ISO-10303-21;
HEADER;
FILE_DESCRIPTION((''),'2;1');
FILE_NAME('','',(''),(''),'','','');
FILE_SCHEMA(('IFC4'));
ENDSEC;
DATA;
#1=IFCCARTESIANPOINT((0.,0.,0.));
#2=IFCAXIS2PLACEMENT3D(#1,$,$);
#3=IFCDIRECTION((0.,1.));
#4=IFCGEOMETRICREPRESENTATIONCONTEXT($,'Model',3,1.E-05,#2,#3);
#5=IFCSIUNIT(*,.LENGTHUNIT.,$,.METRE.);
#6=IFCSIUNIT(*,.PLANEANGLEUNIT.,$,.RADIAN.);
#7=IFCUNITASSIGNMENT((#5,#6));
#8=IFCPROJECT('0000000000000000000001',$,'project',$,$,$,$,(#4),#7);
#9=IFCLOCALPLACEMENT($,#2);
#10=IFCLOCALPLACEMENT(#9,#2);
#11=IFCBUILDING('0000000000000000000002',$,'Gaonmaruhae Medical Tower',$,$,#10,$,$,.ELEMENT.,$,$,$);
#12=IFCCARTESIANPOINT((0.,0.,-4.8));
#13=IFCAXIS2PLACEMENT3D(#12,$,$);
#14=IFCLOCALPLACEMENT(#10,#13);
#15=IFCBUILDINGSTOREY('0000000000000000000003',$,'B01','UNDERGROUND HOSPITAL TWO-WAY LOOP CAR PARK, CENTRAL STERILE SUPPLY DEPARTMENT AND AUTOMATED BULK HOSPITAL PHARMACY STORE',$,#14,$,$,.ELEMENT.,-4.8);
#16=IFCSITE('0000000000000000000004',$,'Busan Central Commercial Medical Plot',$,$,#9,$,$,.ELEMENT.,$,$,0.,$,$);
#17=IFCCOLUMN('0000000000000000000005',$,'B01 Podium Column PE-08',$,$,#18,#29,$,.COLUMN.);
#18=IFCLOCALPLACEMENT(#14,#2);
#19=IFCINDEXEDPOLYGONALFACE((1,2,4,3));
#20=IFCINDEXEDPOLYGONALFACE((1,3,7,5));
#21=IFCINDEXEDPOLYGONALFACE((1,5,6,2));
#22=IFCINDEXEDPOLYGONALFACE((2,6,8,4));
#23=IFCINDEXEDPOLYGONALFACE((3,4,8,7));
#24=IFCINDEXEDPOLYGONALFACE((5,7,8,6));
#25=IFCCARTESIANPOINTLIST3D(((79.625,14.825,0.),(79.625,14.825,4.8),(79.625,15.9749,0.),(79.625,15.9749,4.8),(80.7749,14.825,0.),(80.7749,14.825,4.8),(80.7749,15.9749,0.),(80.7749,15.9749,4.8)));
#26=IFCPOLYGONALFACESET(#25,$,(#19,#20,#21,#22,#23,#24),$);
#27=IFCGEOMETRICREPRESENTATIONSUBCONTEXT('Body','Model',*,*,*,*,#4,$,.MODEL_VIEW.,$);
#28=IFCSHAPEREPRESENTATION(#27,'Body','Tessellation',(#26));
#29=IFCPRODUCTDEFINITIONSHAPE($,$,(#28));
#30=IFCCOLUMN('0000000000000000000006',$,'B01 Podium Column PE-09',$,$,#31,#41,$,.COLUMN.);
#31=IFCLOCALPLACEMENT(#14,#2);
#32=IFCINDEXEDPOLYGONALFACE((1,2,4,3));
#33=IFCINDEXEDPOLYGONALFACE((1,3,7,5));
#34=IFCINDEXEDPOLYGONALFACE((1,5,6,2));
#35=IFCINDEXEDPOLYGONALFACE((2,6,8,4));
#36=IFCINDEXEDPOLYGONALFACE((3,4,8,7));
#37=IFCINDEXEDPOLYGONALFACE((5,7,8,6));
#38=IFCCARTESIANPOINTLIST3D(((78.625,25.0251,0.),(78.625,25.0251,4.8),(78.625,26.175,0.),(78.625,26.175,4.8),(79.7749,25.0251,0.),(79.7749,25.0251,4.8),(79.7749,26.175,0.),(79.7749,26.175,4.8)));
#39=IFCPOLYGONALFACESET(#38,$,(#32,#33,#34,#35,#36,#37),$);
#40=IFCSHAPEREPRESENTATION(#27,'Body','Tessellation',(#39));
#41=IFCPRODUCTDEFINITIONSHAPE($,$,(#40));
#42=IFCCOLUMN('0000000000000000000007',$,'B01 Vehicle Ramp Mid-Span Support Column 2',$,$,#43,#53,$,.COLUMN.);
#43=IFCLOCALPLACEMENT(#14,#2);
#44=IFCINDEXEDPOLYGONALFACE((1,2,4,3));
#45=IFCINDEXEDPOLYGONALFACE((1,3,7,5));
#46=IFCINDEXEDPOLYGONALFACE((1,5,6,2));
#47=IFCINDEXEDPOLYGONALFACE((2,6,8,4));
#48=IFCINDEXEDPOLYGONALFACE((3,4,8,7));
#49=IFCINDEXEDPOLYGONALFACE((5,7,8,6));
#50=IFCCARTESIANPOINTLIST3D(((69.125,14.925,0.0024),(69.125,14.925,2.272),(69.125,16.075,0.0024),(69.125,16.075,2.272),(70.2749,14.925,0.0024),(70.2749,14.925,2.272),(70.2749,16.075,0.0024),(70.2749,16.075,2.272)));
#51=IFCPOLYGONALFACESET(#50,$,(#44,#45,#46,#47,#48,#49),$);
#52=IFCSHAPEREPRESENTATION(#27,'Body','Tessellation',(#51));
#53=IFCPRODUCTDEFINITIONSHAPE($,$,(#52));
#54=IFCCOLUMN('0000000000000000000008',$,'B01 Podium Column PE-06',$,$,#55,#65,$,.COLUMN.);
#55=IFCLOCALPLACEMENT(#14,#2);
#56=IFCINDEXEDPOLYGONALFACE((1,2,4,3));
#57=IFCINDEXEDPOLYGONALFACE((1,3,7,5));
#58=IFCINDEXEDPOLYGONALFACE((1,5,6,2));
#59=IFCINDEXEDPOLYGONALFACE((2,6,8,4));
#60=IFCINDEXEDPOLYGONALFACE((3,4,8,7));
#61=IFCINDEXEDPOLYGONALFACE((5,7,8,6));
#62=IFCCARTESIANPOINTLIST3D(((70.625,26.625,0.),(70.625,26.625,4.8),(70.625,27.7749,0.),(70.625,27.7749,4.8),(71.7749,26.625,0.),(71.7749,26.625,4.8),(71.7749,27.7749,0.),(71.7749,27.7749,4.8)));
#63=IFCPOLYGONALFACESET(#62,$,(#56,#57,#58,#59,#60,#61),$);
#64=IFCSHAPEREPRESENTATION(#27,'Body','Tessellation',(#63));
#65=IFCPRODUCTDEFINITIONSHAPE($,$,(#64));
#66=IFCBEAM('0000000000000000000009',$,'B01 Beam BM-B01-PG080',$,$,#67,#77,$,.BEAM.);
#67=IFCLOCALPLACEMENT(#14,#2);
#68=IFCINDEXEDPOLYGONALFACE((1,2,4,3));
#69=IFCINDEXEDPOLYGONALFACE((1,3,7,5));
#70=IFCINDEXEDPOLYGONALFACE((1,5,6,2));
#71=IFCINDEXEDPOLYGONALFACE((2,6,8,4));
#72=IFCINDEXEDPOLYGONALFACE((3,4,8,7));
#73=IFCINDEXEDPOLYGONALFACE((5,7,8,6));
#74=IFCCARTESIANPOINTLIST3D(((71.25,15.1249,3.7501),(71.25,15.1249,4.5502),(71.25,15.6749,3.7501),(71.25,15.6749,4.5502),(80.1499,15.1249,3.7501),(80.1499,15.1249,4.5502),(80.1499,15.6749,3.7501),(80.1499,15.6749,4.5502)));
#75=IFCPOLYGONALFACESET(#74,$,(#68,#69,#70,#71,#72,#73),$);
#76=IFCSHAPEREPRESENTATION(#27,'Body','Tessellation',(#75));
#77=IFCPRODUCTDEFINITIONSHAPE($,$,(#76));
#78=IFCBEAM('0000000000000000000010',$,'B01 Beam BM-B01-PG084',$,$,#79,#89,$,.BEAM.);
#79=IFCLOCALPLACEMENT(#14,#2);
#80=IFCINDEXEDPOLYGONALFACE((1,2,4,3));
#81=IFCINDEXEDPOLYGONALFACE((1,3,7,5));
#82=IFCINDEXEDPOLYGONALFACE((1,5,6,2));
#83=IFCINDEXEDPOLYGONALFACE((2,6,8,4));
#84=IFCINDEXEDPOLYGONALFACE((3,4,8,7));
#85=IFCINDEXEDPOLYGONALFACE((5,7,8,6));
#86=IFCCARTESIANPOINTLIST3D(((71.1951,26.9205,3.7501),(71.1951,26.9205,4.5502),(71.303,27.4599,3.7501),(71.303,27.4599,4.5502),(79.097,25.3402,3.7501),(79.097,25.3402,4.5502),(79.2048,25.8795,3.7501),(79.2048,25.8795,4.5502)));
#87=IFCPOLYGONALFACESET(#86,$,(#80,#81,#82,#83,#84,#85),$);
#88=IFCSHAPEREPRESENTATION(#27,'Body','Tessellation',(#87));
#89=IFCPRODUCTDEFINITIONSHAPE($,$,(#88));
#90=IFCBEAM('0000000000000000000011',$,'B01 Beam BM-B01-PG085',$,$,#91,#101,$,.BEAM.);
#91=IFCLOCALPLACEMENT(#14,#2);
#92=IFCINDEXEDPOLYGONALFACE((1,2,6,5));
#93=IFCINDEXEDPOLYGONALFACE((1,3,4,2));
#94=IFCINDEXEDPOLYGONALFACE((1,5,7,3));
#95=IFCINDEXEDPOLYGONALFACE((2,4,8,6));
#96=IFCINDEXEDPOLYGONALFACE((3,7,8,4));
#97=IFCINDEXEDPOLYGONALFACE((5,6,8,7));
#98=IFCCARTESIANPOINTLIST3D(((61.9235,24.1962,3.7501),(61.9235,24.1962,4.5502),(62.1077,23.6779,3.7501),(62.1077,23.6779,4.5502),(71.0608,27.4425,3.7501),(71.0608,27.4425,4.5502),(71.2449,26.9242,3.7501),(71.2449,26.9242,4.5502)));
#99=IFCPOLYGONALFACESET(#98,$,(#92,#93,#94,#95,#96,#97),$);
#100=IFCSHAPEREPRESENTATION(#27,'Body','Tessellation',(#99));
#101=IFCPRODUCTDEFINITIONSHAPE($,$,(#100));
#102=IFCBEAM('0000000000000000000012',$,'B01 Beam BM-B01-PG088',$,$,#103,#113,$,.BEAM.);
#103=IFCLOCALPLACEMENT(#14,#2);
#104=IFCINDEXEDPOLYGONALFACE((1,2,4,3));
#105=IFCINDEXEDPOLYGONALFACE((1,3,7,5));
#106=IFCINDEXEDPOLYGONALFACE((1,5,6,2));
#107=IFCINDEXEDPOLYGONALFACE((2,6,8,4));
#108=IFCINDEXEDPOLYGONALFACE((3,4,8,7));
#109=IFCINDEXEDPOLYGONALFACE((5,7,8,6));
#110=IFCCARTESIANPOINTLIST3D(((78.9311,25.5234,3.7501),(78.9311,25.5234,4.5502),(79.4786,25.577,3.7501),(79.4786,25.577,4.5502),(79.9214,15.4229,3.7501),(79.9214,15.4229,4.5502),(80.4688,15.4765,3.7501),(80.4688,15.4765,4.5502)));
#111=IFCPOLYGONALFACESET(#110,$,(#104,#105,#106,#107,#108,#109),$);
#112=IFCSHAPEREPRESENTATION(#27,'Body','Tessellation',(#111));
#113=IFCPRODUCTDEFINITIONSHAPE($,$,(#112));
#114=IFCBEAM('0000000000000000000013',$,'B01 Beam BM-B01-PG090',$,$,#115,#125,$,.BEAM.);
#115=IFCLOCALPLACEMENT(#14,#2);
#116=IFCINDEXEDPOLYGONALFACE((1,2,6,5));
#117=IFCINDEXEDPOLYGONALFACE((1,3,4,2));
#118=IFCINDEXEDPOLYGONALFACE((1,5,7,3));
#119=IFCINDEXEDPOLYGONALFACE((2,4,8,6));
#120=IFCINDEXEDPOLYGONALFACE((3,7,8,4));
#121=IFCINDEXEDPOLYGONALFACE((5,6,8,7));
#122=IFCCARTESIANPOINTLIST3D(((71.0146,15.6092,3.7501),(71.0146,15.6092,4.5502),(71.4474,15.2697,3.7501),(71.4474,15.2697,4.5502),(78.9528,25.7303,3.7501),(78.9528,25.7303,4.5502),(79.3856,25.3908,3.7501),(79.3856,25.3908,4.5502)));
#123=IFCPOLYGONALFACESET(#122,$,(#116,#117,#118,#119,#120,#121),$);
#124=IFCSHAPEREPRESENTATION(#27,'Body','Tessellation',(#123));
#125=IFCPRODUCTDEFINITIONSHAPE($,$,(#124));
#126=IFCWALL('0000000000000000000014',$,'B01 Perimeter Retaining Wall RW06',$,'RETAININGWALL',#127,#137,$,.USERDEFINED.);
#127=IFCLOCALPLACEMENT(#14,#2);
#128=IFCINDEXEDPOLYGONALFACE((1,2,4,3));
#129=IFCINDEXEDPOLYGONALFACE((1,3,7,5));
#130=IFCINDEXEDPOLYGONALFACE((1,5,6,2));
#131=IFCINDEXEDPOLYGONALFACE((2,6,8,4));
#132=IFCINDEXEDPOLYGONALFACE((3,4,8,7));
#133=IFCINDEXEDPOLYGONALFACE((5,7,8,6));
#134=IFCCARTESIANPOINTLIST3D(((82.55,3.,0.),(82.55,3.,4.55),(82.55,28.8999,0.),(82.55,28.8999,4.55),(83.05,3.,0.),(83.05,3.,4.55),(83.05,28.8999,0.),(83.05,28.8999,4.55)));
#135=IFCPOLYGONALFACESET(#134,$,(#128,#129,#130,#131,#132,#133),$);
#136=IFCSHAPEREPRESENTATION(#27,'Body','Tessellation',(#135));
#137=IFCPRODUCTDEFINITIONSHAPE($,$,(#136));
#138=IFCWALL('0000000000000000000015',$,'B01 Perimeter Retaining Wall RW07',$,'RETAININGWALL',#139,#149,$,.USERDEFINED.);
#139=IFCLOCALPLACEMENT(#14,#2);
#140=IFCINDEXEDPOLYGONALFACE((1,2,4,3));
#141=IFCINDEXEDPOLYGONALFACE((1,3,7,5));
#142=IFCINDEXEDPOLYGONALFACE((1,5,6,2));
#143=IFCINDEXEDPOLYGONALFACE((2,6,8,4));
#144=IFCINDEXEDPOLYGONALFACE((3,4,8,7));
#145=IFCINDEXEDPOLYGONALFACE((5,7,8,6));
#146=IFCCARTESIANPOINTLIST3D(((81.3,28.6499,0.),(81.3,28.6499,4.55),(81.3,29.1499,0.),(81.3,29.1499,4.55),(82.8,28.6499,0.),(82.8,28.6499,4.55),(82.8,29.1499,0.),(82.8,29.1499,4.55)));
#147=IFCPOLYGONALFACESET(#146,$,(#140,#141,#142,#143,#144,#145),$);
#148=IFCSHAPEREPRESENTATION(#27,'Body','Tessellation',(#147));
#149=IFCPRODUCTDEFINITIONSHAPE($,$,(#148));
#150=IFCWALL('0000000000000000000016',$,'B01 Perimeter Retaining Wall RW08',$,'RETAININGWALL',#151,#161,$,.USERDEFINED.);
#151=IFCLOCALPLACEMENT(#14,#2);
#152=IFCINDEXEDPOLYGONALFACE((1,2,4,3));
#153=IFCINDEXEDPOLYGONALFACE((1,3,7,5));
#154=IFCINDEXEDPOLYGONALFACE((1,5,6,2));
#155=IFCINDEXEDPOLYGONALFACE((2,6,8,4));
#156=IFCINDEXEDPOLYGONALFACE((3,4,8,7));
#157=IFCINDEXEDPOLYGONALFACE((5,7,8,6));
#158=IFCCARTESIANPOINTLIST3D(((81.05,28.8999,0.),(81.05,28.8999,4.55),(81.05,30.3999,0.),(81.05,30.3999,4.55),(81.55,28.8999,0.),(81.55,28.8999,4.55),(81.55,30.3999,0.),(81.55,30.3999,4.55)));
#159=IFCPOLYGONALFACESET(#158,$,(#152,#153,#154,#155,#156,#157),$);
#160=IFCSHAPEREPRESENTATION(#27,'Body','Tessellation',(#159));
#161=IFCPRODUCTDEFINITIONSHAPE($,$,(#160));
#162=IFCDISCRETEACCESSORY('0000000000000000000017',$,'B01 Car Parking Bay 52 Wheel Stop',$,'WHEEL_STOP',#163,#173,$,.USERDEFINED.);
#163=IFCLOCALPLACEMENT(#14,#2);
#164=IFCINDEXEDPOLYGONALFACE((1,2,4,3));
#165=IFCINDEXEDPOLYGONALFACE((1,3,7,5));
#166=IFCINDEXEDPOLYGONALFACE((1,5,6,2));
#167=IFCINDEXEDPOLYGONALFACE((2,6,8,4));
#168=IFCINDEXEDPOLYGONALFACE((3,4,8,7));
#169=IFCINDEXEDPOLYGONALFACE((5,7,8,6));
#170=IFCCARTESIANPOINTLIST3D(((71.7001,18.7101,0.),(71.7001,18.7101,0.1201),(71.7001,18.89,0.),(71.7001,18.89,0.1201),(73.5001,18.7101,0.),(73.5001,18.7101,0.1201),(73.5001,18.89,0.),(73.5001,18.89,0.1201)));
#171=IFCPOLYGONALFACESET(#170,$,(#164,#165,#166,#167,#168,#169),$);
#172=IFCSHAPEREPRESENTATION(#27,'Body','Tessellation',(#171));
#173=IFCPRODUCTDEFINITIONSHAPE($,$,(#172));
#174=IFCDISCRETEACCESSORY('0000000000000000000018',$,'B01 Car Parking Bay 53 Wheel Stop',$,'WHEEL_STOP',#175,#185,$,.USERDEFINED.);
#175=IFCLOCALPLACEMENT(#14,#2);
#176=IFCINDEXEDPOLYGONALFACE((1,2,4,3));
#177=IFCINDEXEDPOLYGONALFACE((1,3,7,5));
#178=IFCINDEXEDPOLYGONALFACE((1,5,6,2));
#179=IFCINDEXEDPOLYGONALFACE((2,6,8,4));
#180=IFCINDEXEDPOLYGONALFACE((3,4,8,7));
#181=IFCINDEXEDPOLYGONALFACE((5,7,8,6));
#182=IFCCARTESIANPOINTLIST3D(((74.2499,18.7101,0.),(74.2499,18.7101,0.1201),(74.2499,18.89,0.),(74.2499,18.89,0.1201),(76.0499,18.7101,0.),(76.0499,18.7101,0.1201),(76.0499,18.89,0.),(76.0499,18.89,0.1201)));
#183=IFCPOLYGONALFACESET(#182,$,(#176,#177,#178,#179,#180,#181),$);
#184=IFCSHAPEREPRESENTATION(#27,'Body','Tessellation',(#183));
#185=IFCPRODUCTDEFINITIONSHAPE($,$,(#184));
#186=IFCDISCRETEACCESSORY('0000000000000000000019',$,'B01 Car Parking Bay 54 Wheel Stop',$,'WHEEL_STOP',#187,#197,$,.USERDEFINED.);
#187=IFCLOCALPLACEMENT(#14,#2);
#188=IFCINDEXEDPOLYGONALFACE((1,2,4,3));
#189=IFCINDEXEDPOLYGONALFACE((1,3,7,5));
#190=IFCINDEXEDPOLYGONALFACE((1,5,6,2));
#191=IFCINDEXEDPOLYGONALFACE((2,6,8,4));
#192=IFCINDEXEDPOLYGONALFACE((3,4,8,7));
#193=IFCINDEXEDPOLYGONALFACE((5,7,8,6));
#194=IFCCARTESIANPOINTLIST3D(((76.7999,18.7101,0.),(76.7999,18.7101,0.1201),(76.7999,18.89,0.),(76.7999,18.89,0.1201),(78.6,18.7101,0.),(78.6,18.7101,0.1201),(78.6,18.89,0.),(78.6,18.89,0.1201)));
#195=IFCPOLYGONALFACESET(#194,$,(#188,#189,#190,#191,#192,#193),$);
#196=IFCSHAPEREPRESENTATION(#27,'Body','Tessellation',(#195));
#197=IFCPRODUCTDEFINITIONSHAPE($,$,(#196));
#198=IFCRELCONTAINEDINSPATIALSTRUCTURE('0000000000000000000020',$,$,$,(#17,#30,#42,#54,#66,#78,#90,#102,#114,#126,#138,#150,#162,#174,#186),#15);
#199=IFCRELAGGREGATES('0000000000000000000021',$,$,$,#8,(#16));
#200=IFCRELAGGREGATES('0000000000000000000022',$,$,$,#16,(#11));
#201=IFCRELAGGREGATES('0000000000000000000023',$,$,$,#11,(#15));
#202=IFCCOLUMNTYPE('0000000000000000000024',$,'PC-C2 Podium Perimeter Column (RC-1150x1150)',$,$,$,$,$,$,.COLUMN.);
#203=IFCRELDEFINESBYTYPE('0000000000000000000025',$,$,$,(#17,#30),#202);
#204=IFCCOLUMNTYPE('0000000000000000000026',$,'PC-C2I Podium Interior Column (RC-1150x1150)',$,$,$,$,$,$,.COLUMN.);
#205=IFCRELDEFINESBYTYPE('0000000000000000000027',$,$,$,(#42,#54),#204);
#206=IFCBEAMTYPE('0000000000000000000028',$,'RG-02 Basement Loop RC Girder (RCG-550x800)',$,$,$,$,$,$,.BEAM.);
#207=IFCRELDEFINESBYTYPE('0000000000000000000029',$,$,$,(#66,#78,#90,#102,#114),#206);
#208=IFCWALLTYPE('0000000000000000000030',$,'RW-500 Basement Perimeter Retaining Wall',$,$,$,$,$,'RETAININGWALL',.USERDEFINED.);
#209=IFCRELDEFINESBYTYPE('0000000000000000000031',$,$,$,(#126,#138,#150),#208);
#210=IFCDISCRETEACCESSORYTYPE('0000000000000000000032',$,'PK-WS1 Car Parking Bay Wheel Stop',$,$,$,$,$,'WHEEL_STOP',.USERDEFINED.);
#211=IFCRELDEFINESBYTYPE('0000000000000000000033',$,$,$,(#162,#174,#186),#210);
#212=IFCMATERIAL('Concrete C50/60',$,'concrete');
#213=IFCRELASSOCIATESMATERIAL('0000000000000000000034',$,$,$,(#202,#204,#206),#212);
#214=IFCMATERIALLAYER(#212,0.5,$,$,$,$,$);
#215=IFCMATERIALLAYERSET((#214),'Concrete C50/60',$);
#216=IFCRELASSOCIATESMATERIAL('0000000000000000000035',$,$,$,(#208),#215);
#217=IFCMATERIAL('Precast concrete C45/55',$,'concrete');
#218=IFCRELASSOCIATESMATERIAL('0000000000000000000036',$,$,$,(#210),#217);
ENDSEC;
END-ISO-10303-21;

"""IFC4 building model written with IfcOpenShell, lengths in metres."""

from ifc_helpers import new_model, si_unit, direction, frame, frame_2d, origin, origin_2d, place, context, subcontext, project, spatial, rectangle, extrude, material, layer, layer_set, material_profile, profile_set, type_object, element, save


model = new_model("IFC4")

# Units and contexts
model_context = context("Model", 3, precision=1e-05, world=origin(), true_north=direction((0.0, 1.0)))
body_context = subcontext(model_context, "Body", "Model", "MODEL_VIEW")
ifc_project = project(units=[si_unit("LENGTHUNIT", "METRE"), si_unit("PLANEANGLEUNIT", "RADIAN")], contexts=[model_context])

# Site, building, storey
site_placement = place(None, origin())
site = spatial("IfcSite", under=ifc_project, at=site_placement, Name="Busan Central Commercial Medical Plot", CompositionType="ELEMENT", RefElevation=0.0)
building_placement = place(site_placement, origin())
building = spatial("IfcBuilding", under=site, at=building_placement, Name="Gaonmaruhae Medical Tower", CompositionType="ELEMENT")
storey_placement = place(building_placement, frame((0.0, 0.0, -4.8)))
storey = spatial("IfcBuildingStorey", under=building, at=storey_placement, Name="B01", Description="UNDERGROUND HOSPITAL TWO-WAY LOOP CAR PARK, CENTRAL STERILE SUPPLY DEPARTMENT AND AUTOMATED BULK HOSPITAL PHARMACY STORE", CompositionType="ELEMENT", Elevation=-4.8)

# Columns
ifc_material_1 = material(Name="Concrete C50/60", Category="concrete")
ifc_material_profile_1 = material_profile(ifc_material_1, rectangle(XDim=1.1499, YDim=1.1499, at=origin_2d()), Name="RC-1150x1150")
ifc_profile_set_1 = profile_set([ifc_material_profile_1], Name="Concrete C50/60")
column_type_1 = type_object("IfcColumnType", Name="PC-C2 Podium Perimeter Column (RC-1150x1150)", PredefinedType="COLUMN", material=ifc_profile_set_1)
for number, where, z_axis, x_axis, name in (
    (1, (80.2, 15.3999, 0.0), (0.0, 0.0, 1.0), (1.0, 0.0, 0.0), "B01 Podium Column PE-08"),
    (2, (79.2, 25.6001, 0.0), (0.0, 0.0, 1.0), (1.0, 0.0, 0.0), "B01 Podium Column PE-09"),
):
    element("IfcColumn", number, at=place(storey_placement, frame(where, z_axis=z_axis, x_axis=x_axis)), inside=storey, type_object=column_type_1, Name=name, PredefinedType="COLUMN", context=body_context, shape_type="SweptSolid", body=[
        extrude(rectangle(XDim=1.1499, YDim=1.1499, at=origin_2d()), origin(), (0.0, 0.0, 1.0), 4.8),
    ])
ifc_material_profile_2 = material_profile(ifc_material_1, rectangle(XDim=1.1499, YDim=1.1499, at=origin_2d()), Name="RC-1150x1150")
ifc_profile_set_2 = profile_set([ifc_material_profile_2], Name="Concrete C50/60")
column_type_2 = type_object("IfcColumnType", Name="PC-C2I Podium Interior Column (RC-1150x1150)", PredefinedType="COLUMN", material=ifc_profile_set_2)
column_1_placement = place(storey_placement, frame((69.7, 15.5, 0.0024), z_axis=(0.0, 0.0, 1.0), x_axis=(1.0, 0.0, 0.0)))
element("IfcColumn", 3, at=column_1_placement, inside=storey, type_object=column_type_2, Name="B01 Vehicle Ramp Mid-Span Support Column 2", PredefinedType="COLUMN", context=body_context, shape_type="SweptSolid", body=[
    extrude(rectangle(XDim=1.1499, YDim=1.1499, at=origin_2d()), origin(), (0.0, 0.0, 1.0), 2.2695),
])
column_2_placement = place(storey_placement, frame((71.2, 27.2, 0.0), z_axis=(0.0, 0.0, 1.0), x_axis=(1.0, 0.0, 0.0)))
element("IfcColumn", 4, at=column_2_placement, inside=storey, type_object=column_type_2, Name="B01 Podium Column PE-06", PredefinedType="COLUMN", context=body_context, shape_type="SweptSolid", body=[
    extrude(rectangle(XDim=1.1499, YDim=1.1499, at=origin_2d()), origin(), (0.0, 0.0, 1.0), 4.8),
])

# Beams
ifc_material_profile_3 = material_profile(ifc_material_1, rectangle(XDim=0.55, YDim=0.8, at=origin_2d()), Name="RCG-550x800")
ifc_profile_set_3 = profile_set([ifc_material_profile_3], Name="Concrete C50/60")
beam_type = type_object("IfcBeamType", Name="RG-02 Basement Loop RC Girder (RCG-550x800)", PredefinedType="BEAM", material=ifc_profile_set_3)
beam_1_placement = place(storey_placement, frame((71.25, 15.3999, 4.1501), z_axis=(1.0, 0.0, 0.0), x_axis=(0.0, 1.0, 0.0)))
element("IfcBeam", 5, at=beam_1_placement, inside=storey, type_object=beam_type, Name="B01 Beam BM-B01-PG080", PredefinedType="BEAM", context=body_context, shape_type="SweptSolid", body=[
    extrude(rectangle(XDim=0.55, YDim=0.8, at=origin_2d()), origin(), (0.0, 0.0, 1.0), 8.8999),
])
beam_2_placement = place(storey_placement, frame((71.249, 27.1902, 4.1501), z_axis=(0.980582, -0.19611, 0.0), x_axis=(0.19611, 0.980582, 0.0)))
element("IfcBeam", 6, at=beam_2_placement, inside=storey, type_object=beam_type, Name="B01 Beam BM-B01-PG084", PredefinedType="BEAM", context=body_context, shape_type="SweptSolid", body=[
    extrude(rectangle(XDim=0.55, YDim=0.8, at=origin_2d()), origin(), (0.0, 0.0, 1.0), 8.0583),
])
beam_3_placement = place(storey_placement, frame((71.1528, 27.1833, 4.1501), z_axis=(-0.942294, -0.334786, 0.0), x_axis=(0.334786, -0.942294, 0.0)))
element("IfcBeam", 7, at=beam_3_placement, inside=storey, type_object=beam_type, Name="B01 Beam BM-B01-PG085", PredefinedType="BEAM", context=body_context, shape_type="SweptSolid", body=[
    extrude(rectangle(XDim=0.55, YDim=0.8, at=origin_2d()), origin(), (0.0, 0.0, 1.0), 9.6968),
])
beam_4_placement = place(storey_placement, frame((80.1951, 15.4497, 4.1501), z_axis=(-0.09757, 0.995229, 0.0), x_axis=(-0.995229, -0.09757, 0.0)))
element("IfcBeam", 8, at=beam_4_placement, inside=storey, type_object=beam_type, Name="B01 Beam BM-B01-PG088", PredefinedType="BEAM", context=body_context, shape_type="SweptSolid", body=[
    extrude(rectangle(XDim=0.55, YDim=0.8, at=origin_2d()), origin(), (0.0, 0.0, 1.0), 10.1489),
])
beam_5_placement = place(storey_placement, frame((79.1692, 25.5605, 4.1501), z_axis=(-0.617146, -0.786849, 0.0), x_axis=(0.786849, -0.617146, 0.0)))
element("IfcBeam", 9, at=beam_5_placement, inside=storey, type_object=beam_type, Name="B01 Beam BM-B01-PG090", PredefinedType="BEAM", context=body_context, shape_type="SweptSolid", body=[
    extrude(rectangle(XDim=0.55, YDim=0.8, at=origin_2d()), origin(), (0.0, 0.0, 1.0), 12.8628),
])

# Walls
ifc_layer = layer(ifc_material_1, 0.5)
ifc_layer_set = layer_set([ifc_layer], Name="Concrete C50/60")
wall_type = type_object("IfcWallType", Name="RW-500 Basement Perimeter Retaining Wall", ElementType="RETAININGWALL", PredefinedType="USERDEFINED", material=ifc_layer_set)
wall_placement = place(storey_placement, frame((82.8, 28.8999, 0.0), z_axis=(0.0, 0.0, 1.0), x_axis=(0.0, -1.0, 0.0)))
element("IfcWall", 10, at=wall_placement, inside=storey, type_object=wall_type, Name="B01 Perimeter Retaining Wall RW06", ObjectType="RETAININGWALL", PredefinedType="USERDEFINED", context=body_context, shape_type="SweptSolid", body=[
    extrude(rectangle(XDim=25.8999, YDim=0.5, at=frame_2d((12.95, 0.0))), origin(), (0.0, 0.0, 1.0), 4.55),
])
for number, where, z_axis, x_axis, name in (
    (11, (81.3, 28.8999, 0.0), (0.0, 0.0, 1.0), (1.0, 0.0, 0.0), "B01 Perimeter Retaining Wall RW07"),
    (12, (81.3, 30.3999, 0.0), (0.0, 0.0, 1.0), (0.0, -1.0, 0.0), "B01 Perimeter Retaining Wall RW08"),
):
    element("IfcWall", number, at=place(storey_placement, frame(where, z_axis=z_axis, x_axis=x_axis)), inside=storey, type_object=wall_type, Name=name, ObjectType="RETAININGWALL", PredefinedType="USERDEFINED", context=body_context, shape_type="SweptSolid", body=[
        extrude(rectangle(XDim=1.5, YDim=0.5, at=frame_2d((0.75, 0.0))), origin(), (0.0, 0.0, 1.0), 4.55),
    ])

# Discrete accessories
ifc_material_2 = material(Name="Precast concrete C45/55", Category="concrete")
discrete_accessory_type = type_object("IfcDiscreteAccessoryType", Name="PK-WS1 Car Parking Bay Wheel Stop", ElementType="WHEEL_STOP", PredefinedType="USERDEFINED", material=ifc_material_2)
for number, where, z_axis, x_axis, name in (
    (13, (72.6001, 18.8, 0.0), (0.0, 0.0, 1.0), (1.0, 0.0, 0.0), "B01 Car Parking Bay 52 Wheel Stop"),
    (14, (75.1499, 18.8, 0.0), (0.0, 0.0, 1.0), (1.0, 0.0, 0.0), "B01 Car Parking Bay 53 Wheel Stop"),
    (15, (77.7, 18.8, 0.0), (0.0, 0.0, 1.0), (1.0, 0.0, 0.0), "B01 Car Parking Bay 54 Wheel Stop"),
):
    element("IfcDiscreteAccessory", number, at=place(storey_placement, frame(where, z_axis=z_axis, x_axis=x_axis)), inside=storey, type_object=discrete_accessory_type, Name=name, ObjectType="WHEEL_STOP", PredefinedType="USERDEFINED", context=body_context, shape_type="SweptSolid", body=[
        extrude(rectangle(XDim=1.8, YDim=0.1799, at=origin_2d()), origin(), (0.0, 0.0, 1.0), 0.1201),
    ])

save(model, "model.ifc")
